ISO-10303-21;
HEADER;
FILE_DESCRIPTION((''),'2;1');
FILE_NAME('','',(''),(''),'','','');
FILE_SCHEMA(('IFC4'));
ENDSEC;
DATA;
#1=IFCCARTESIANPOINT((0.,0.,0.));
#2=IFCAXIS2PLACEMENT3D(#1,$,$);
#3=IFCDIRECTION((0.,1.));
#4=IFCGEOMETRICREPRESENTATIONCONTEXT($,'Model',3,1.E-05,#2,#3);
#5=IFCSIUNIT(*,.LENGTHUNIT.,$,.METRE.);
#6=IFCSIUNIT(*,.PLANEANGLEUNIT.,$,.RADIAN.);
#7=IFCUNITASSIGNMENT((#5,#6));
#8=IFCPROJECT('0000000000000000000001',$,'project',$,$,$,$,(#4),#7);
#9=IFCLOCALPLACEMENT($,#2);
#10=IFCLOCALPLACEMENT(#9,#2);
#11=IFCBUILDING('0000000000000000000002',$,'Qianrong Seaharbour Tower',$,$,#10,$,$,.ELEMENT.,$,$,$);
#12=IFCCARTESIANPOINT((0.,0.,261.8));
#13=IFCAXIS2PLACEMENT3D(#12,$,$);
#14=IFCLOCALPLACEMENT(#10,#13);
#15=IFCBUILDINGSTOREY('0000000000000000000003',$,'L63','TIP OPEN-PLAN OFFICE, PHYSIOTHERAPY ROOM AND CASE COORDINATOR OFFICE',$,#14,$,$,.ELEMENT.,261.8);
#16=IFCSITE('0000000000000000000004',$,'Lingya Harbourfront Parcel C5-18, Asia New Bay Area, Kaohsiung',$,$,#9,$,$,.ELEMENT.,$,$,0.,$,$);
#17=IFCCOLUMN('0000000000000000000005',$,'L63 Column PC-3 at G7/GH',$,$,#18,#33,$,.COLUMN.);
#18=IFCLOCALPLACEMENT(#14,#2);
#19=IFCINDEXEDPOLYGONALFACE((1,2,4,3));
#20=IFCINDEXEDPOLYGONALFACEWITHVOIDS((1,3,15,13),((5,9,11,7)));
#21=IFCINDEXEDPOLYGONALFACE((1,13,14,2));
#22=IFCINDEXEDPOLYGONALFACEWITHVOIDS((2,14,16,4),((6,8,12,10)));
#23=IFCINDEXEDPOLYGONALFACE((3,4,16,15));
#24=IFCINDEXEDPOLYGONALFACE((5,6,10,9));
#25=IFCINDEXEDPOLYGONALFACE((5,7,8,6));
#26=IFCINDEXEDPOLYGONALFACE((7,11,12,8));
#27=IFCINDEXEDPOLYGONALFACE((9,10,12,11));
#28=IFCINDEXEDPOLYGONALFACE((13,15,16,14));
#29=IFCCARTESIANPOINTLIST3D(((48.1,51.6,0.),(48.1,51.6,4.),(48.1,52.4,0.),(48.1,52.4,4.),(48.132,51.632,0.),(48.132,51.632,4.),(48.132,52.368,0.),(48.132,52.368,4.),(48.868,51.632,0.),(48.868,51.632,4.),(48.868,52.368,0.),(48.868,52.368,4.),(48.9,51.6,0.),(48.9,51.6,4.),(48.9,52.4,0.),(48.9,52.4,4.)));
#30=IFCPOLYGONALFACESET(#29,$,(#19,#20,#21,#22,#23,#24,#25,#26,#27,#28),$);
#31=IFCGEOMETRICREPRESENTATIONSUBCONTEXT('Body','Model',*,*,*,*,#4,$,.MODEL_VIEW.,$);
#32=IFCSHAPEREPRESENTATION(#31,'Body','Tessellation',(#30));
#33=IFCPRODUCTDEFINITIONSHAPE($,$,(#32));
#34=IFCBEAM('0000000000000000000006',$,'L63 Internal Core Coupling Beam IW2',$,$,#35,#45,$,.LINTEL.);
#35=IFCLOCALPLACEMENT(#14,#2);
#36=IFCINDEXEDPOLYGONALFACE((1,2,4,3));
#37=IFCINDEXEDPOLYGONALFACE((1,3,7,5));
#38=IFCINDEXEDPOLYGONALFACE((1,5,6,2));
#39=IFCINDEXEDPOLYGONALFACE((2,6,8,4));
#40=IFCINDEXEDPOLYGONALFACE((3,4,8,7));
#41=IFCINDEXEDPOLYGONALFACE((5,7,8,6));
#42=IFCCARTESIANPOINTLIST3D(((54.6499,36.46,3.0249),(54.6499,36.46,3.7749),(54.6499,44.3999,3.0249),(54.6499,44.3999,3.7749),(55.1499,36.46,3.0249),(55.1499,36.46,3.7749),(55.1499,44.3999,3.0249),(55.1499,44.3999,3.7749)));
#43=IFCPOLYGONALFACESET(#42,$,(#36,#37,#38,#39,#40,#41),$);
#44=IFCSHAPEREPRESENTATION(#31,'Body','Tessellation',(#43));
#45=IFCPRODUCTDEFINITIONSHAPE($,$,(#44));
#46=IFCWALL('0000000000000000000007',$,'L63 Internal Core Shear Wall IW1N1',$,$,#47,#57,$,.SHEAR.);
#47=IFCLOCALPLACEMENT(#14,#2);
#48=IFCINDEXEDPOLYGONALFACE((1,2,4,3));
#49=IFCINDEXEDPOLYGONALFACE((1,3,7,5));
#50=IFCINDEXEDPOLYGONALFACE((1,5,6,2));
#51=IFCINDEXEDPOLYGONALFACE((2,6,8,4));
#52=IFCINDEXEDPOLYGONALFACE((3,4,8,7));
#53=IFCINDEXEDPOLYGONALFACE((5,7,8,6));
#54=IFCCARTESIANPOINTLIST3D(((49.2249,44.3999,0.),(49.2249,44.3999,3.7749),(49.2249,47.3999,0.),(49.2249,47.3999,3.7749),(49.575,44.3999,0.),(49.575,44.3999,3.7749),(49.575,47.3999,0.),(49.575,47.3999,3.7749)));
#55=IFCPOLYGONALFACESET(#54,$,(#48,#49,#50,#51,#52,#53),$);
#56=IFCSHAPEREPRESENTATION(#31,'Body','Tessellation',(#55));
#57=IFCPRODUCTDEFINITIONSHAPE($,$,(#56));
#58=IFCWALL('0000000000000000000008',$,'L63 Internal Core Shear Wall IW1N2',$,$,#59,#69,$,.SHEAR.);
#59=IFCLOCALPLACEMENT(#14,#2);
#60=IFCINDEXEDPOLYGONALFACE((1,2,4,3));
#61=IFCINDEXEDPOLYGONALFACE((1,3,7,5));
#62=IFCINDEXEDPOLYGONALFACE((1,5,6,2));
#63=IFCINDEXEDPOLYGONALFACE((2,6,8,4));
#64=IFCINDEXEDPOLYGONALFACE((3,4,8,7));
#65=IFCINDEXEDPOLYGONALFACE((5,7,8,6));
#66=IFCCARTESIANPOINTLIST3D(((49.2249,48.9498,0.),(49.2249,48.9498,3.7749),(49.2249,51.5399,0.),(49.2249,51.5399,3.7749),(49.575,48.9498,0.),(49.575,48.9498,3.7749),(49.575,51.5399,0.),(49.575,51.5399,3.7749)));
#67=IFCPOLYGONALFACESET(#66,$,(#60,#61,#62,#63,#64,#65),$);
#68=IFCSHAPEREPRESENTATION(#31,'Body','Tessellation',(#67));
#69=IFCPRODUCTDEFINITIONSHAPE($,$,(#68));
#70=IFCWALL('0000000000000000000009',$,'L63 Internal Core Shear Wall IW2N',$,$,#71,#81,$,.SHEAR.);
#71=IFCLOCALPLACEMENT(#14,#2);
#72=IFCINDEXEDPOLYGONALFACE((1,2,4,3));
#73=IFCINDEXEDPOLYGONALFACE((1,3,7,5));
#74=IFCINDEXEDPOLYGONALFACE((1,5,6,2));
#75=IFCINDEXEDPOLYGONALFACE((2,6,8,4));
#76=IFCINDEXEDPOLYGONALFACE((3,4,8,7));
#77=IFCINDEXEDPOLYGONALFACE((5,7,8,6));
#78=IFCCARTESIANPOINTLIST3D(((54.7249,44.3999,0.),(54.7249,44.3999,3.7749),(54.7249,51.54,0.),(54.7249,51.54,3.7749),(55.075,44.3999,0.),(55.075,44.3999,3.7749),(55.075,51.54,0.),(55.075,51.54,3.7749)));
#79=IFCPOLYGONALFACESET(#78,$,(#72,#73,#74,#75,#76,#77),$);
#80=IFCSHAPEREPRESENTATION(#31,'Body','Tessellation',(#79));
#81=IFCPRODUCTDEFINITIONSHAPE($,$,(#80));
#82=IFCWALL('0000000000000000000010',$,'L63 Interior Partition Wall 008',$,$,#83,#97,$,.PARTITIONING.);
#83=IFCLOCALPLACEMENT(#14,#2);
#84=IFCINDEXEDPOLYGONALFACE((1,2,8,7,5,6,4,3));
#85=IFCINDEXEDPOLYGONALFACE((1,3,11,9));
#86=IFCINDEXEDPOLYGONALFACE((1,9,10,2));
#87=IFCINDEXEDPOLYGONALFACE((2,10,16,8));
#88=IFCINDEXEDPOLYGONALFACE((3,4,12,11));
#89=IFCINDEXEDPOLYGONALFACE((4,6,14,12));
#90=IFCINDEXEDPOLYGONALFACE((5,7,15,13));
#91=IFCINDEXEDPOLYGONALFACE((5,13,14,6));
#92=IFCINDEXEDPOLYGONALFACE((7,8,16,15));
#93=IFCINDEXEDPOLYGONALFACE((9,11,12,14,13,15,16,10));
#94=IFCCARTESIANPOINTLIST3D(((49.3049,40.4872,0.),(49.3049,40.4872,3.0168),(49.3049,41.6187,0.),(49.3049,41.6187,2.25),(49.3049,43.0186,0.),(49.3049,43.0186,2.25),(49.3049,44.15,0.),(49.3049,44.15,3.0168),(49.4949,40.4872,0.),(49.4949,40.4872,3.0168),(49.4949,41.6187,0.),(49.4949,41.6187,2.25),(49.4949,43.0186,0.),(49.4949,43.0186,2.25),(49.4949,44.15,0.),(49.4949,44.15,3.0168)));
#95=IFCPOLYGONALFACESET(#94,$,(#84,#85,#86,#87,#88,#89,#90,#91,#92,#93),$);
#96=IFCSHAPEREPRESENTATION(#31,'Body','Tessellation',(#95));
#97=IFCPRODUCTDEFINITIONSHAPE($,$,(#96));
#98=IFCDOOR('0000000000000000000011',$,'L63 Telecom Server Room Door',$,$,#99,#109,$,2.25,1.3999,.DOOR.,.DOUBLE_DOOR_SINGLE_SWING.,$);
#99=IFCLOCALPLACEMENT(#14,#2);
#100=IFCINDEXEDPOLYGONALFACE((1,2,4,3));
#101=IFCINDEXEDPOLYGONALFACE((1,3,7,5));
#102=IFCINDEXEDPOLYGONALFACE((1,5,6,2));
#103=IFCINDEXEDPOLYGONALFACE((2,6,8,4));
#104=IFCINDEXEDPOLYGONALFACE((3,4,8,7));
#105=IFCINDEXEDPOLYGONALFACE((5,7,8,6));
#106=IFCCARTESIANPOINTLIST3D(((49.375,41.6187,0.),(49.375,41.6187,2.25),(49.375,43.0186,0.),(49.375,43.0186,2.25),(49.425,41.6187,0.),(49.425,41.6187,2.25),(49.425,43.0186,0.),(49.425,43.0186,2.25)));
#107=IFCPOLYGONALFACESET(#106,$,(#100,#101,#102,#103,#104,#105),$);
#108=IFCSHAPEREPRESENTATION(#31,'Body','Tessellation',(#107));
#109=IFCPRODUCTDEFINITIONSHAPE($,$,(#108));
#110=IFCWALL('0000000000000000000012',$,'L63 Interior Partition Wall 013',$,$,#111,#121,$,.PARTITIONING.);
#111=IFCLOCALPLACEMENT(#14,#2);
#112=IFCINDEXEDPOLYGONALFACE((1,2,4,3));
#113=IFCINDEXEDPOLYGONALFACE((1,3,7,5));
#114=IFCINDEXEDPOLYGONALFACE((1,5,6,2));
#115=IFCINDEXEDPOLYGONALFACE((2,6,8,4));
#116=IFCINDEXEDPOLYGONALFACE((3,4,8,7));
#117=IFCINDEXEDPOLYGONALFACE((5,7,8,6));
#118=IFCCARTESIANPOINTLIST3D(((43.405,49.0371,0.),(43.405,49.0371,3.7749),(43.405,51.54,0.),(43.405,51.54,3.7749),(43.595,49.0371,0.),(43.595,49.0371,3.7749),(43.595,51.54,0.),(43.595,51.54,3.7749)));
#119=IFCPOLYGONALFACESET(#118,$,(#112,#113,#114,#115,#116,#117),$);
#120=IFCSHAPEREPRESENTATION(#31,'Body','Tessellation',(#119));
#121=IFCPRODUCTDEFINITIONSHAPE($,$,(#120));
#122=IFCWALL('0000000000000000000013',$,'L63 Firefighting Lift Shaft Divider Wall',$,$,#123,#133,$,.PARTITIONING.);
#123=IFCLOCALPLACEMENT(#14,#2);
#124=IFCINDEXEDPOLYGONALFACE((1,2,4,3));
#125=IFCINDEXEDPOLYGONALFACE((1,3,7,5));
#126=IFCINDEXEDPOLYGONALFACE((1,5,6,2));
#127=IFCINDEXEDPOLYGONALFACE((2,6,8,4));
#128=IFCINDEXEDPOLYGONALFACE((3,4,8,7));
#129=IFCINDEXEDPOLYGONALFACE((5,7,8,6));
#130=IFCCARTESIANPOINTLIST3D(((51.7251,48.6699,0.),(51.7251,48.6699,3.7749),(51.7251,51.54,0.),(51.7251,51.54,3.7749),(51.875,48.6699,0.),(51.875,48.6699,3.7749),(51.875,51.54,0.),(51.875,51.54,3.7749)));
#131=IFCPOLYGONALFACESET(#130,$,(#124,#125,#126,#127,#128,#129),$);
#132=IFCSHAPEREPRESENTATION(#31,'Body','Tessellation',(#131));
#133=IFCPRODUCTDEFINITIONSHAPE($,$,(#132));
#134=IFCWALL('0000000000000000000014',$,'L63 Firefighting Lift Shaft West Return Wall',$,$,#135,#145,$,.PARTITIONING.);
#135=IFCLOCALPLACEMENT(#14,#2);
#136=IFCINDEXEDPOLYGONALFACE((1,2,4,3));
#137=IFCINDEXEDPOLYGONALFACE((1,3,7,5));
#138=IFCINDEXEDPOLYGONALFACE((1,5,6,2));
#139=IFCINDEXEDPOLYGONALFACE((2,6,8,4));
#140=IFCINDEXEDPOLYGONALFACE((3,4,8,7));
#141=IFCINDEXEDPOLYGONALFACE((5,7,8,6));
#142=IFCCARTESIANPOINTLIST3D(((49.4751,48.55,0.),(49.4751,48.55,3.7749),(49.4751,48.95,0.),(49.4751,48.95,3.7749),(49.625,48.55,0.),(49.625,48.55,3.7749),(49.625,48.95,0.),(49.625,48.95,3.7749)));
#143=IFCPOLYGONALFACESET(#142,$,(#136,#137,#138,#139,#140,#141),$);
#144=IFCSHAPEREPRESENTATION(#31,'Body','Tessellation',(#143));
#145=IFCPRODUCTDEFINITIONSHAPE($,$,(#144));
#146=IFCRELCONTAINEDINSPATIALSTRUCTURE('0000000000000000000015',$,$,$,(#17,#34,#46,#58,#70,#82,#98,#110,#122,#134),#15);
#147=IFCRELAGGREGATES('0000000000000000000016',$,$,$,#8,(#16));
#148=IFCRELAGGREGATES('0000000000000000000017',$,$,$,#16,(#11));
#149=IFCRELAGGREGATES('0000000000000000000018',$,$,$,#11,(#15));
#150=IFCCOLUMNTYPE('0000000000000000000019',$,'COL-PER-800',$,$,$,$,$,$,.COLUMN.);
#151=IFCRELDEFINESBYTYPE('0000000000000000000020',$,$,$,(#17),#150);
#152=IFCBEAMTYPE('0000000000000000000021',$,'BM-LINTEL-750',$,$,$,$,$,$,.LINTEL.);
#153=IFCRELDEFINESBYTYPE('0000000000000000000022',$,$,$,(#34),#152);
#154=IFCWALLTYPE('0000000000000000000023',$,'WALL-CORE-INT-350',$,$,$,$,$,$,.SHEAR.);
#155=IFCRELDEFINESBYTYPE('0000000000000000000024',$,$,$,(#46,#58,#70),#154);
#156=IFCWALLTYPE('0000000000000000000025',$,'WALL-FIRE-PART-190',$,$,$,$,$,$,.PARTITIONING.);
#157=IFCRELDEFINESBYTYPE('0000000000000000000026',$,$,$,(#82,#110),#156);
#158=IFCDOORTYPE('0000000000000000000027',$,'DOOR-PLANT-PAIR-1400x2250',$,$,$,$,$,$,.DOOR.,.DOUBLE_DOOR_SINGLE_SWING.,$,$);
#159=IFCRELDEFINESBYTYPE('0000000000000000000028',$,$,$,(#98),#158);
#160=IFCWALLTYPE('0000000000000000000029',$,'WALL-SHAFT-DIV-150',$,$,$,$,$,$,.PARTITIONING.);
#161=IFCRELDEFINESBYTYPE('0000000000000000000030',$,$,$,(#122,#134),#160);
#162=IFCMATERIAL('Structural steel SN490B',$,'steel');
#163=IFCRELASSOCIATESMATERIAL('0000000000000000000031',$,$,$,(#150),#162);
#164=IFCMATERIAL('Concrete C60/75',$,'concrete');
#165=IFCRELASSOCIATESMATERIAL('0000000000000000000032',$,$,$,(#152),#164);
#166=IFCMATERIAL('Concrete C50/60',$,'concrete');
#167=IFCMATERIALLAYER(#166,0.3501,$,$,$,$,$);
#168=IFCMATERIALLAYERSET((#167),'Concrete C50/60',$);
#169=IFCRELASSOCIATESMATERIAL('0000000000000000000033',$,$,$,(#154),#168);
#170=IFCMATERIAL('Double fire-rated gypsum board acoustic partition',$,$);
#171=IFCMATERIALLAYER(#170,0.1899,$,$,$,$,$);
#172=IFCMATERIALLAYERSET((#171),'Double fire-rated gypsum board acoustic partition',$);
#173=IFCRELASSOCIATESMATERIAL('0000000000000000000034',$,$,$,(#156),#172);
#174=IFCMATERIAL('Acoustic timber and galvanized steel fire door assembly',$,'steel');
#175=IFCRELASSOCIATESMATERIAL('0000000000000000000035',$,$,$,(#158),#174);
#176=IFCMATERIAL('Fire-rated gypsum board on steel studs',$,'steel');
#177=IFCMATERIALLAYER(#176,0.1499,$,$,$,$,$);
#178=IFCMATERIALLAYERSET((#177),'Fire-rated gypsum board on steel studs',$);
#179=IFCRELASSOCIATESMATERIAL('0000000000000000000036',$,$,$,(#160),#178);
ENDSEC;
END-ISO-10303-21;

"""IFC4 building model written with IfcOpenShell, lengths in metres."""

from ifc_helpers import new_model, si_unit, direction, frame, frame_2d, origin, origin_2d, place, context, subcontext, project, spatial, rectangle, hollow_rectangle, extrude, material, layer, layer_set, material_profile, profile_set, type_object, element, fill, save


model = new_model("IFC4")

# Units and contexts
model_context = context("Model", 3, precision=1e-05, world=origin(), true_north=direction((0.0, 1.0)))
body_context = subcontext(model_context, "Body", "Model", "MODEL_VIEW")
ifc_project = project(units=[si_unit("LENGTHUNIT", "METRE"), si_unit("PLANEANGLEUNIT", "RADIAN")], contexts=[model_context])

# Site, building, storey
site_placement = place(None, origin())
site = spatial("IfcSite", under=ifc_project, at=site_placement, Name="Lingya Harbourfront Parcel C5-18, Asia New Bay Area, Kaohsiung", CompositionType="ELEMENT", RefElevation=0.0)
building_placement = place(site_placement, origin())
building = spatial("IfcBuilding", under=site, at=building_placement, Name="Qianrong Seaharbour Tower", CompositionType="ELEMENT")
storey_placement = place(building_placement, frame((0.0, 0.0, 261.8)))
storey = spatial("IfcBuildingStorey", under=building, at=storey_placement, Name="L63", Description="TIP OPEN-PLAN OFFICE, PHYSIOTHERAPY ROOM AND CASE COORDINATOR OFFICE", CompositionType="ELEMENT", Elevation=261.8)

# Column
ifc_material_1 = material(Name="Structural steel SN490B", Category="steel")
ifc_material_profile_1 = material_profile(ifc_material_1, hollow_rectangle(XDim=0.8, YDim=0.8, WallThickness=0.032, at=origin_2d()), Name="BOX800x800x32")
ifc_profile_set_1 = profile_set([ifc_material_profile_1], Name="Structural steel SN490B")
column_type = type_object("IfcColumnType", Name="COL-PER-800", PredefinedType="COLUMN", material=ifc_profile_set_1)
column_placement = place(storey_placement, frame((48.5, 52.0, 0.0), z_axis=(0.0, 0.0, 1.0), x_axis=(1.0, 0.0, 0.0)))
element("IfcColumn", 1, at=column_placement, inside=storey, type_object=column_type, Name="L63 Column PC-3 at G7/GH", PredefinedType="COLUMN", context=body_context, shape_type="SweptSolid", body=[
    extrude(hollow_rectangle(XDim=0.8, YDim=0.8, WallThickness=0.032, at=origin_2d()), origin(), (0.0, 0.0, 1.0), 4.0),
])

# Beam
ifc_material_2 = material(Name="Concrete C60/75", Category="concrete")
ifc_material_profile_2 = material_profile(ifc_material_2, rectangle(XDim=0.5, YDim=0.75, at=origin_2d()), Name="RC500x750")
ifc_profile_set_2 = profile_set([ifc_material_profile_2], Name="Concrete C60/75")
beam_type = type_object("IfcBeamType", Name="BM-LINTEL-750", PredefinedType="LINTEL", material=ifc_profile_set_2)
beam_placement = place(storey_placement, frame((54.8999, 36.46, 3.3999), z_axis=(0.0, 1.0, 0.0), x_axis=(-1.0, 0.0, 0.0)))
element("IfcBeam", 2, at=beam_placement, inside=storey, type_object=beam_type, Name="L63 Internal Core Coupling Beam IW2", PredefinedType="LINTEL", context=body_context, shape_type="SweptSolid", body=[
    extrude(rectangle(XDim=0.5, YDim=0.75, at=origin_2d()), origin(), (0.0, 0.0, 1.0), 7.9399),
])

# Walls
ifc_material_3 = material(Name="Concrete C50/60", Category="concrete")
ifc_layer_1 = layer(ifc_material_3, 0.3501)
ifc_layer_set_1 = layer_set([ifc_layer_1], Name="Concrete C50/60")
wall_type_1 = type_object("IfcWallType", Name="WALL-CORE-INT-350", PredefinedType="SHEAR", material=ifc_layer_set_1)
wall_1_placement = place(storey_placement, frame((49.3999, 44.3999, 0.0), z_axis=(0.0, 0.0, 1.0), x_axis=(0.0, 1.0, 0.0)))
element("IfcWall", 3, at=wall_1_placement, inside=storey, type_object=wall_type_1, Name="L63 Internal Core Shear Wall IW1N1", PredefinedType="SHEAR", context=body_context, shape_type="SweptSolid", body=[
    extrude(rectangle(XDim=3.0, YDim=0.3501, at=frame_2d((1.5, 0.0))), origin(), (0.0, 0.0, 1.0), 3.7749),
])
wall_2_placement = place(storey_placement, frame((49.3999, 48.95, 0.0), z_axis=(0.0, 0.0, 1.0), x_axis=(0.0, 1.0, 0.0)))
element("IfcWall", 4, at=wall_2_placement, inside=storey, type_object=wall_type_1, Name="L63 Internal Core Shear Wall IW1N2", PredefinedType="SHEAR", context=body_context, shape_type="SweptSolid", body=[
    extrude(rectangle(XDim=2.5901, YDim=0.3501, at=frame_2d((1.2949, 0.0))), origin(), (0.0, 0.0, 1.0), 3.7749),
])
wall_3_placement = place(storey_placement, frame((54.8999, 44.3999, 0.0), z_axis=(0.0, 0.0, 1.0), x_axis=(0.0, 1.0, 0.0)))
element("IfcWall", 5, at=wall_3_placement, inside=storey, type_object=wall_type_1, Name="L63 Internal Core Shear Wall IW2N", PredefinedType="SHEAR", context=body_context, shape_type="SweptSolid", body=[
    extrude(rectangle(XDim=7.1401, YDim=0.3501, at=frame_2d((3.5701, 0.0))), origin(), (0.0, 0.0, 1.0), 3.7749),
])

# Wall, opening, door
ifc_material_4 = material(Name="Double fire-rated gypsum board acoustic partition")
ifc_layer_2 = layer(ifc_material_4, 0.1899)
ifc_layer_set_2 = layer_set([ifc_layer_2], Name="Double fire-rated gypsum board acoustic partition")
wall_type_2 = type_object("IfcWallType", Name="WALL-FIRE-PART-190", PredefinedType="PARTITIONING", material=ifc_layer_set_2)
ifc_material_5 = material(Name="Acoustic timber and galvanized steel fire door assembly", Category="steel")
wall_4_placement = place(storey_placement, frame((49.3999, 40.4871, 0.0), z_axis=(0.0, 0.0, 1.0), x_axis=(0.0, 1.0, 0.0)))
wall_4 = element("IfcWall", 6, at=wall_4_placement, inside=storey, type_object=wall_type_2, Name="L63 Interior Partition Wall 008", PredefinedType="PARTITIONING", context=body_context, shape_type="SweptSolid", body=[
    extrude(rectangle(XDim=3.6628, YDim=0.1899, at=frame_2d((1.8315, 0.0))), origin(), (0.0, 0.0, 1.0), 3.0168),
])
opening_1_placement = place(wall_4_placement, frame((1.1316, 0.0, 0.0)))
opening_1 = element("IfcOpeningElement", 7, at=opening_1_placement, cuts=wall_4, PredefinedType="OPENING", context=body_context, shape_type="SweptSolid", body=[
    extrude(rectangle(XDim=1.3999, YDim=2.25, at=frame_2d((0.7, 1.125))), frame((0.0, 0.105, 0.0), z_axis=(0.0, -1.0, 0.0), x_axis=(1.0, 0.0, 0.0)), (0.0, 0.0, 1.0), 0.21),
])
door_type_1 = type_object("IfcDoorType", Name="DOOR-PLANT-PAIR-1400x2250", OperationType="DOUBLE_DOOR_SINGLE_SWING", PredefinedType="DOOR", material=ifc_material_5)
door_1_placement = place(opening_1_placement, origin())
door_1 = element("IfcDoor", 8, at=door_1_placement, inside=storey, type_object=door_type_1, Name="L63 Telecom Server Room Door", OperationType="DOUBLE_DOOR_SINGLE_SWING", OverallHeight=2.25, OverallWidth=1.3999, PredefinedType="DOOR", context=body_context, shape_type="SweptSolid", body=[
    extrude(rectangle(XDim=1.3999, YDim=2.25, at=frame_2d((0.7, 1.125))), frame((0.0, 0.0249, 0.0), z_axis=(0.0, -1.0, 0.0), x_axis=(1.0, 0.0, 0.0)), (0.0, 0.0, 1.0), 0.05),
])
fill(opening_1, door_1)

# Walls
wall_5_placement = place(storey_placement, frame((43.5, 51.54, 0.0), z_axis=(0.0, 0.0, 1.0), x_axis=(0.0, -1.0, 0.0)))
element("IfcWall", 9, at=wall_5_placement, inside=storey, type_object=wall_type_2, Name="L63 Interior Partition Wall 013", PredefinedType="PARTITIONING", context=body_context, shape_type="SweptSolid", body=[
    extrude(rectangle(XDim=2.5029, YDim=0.1899, at=frame_2d((1.2515, 0.0))), origin(), (0.0, 0.0, 1.0), 3.7749),
])
ifc_material_6 = material(Name="Fire-rated gypsum board on steel studs", Category="steel")
ifc_layer_3 = layer(ifc_material_6, 0.1499)
ifc_layer_set_3 = layer_set([ifc_layer_3], Name="Fire-rated gypsum board on steel studs")
wall_type_3 = type_object("IfcWallType", Name="WALL-SHAFT-DIV-150", PredefinedType="PARTITIONING", material=ifc_layer_set_3)
wall_6_placement = place(storey_placement, frame((51.8, 48.6699, 0.0), z_axis=(0.0, 0.0, 1.0), x_axis=(0.0, 1.0, 0.0)))
element("IfcWall", 10, at=wall_6_placement, inside=storey, type_object=wall_type_3, Name="L63 Firefighting Lift Shaft Divider Wall", PredefinedType="PARTITIONING", context=body_context, shape_type="SweptSolid", body=[
    extrude(rectangle(XDim=2.8701, YDim=0.1499, at=frame_2d((1.4351, 0.0))), origin(), (0.0, 0.0, 1.0), 3.7749),
])
wall_7_placement = place(storey_placement, frame((49.55, 48.55, 0.0), z_axis=(0.0, 0.0, 1.0), x_axis=(0.0, 1.0, 0.0)))
element("IfcWall", 11, at=wall_7_placement, inside=storey, type_object=wall_type_3, Name="L63 Firefighting Lift Shaft West Return Wall", PredefinedType="PARTITIONING", context=body_context, shape_type="SweptSolid", body=[
    extrude(rectangle(XDim=0.3999, YDim=0.1499, at=frame_2d((0.2, 0.0))), origin(), (0.0, 0.0, 1.0), 3.7749),
])

save(model, "model.ifc")
